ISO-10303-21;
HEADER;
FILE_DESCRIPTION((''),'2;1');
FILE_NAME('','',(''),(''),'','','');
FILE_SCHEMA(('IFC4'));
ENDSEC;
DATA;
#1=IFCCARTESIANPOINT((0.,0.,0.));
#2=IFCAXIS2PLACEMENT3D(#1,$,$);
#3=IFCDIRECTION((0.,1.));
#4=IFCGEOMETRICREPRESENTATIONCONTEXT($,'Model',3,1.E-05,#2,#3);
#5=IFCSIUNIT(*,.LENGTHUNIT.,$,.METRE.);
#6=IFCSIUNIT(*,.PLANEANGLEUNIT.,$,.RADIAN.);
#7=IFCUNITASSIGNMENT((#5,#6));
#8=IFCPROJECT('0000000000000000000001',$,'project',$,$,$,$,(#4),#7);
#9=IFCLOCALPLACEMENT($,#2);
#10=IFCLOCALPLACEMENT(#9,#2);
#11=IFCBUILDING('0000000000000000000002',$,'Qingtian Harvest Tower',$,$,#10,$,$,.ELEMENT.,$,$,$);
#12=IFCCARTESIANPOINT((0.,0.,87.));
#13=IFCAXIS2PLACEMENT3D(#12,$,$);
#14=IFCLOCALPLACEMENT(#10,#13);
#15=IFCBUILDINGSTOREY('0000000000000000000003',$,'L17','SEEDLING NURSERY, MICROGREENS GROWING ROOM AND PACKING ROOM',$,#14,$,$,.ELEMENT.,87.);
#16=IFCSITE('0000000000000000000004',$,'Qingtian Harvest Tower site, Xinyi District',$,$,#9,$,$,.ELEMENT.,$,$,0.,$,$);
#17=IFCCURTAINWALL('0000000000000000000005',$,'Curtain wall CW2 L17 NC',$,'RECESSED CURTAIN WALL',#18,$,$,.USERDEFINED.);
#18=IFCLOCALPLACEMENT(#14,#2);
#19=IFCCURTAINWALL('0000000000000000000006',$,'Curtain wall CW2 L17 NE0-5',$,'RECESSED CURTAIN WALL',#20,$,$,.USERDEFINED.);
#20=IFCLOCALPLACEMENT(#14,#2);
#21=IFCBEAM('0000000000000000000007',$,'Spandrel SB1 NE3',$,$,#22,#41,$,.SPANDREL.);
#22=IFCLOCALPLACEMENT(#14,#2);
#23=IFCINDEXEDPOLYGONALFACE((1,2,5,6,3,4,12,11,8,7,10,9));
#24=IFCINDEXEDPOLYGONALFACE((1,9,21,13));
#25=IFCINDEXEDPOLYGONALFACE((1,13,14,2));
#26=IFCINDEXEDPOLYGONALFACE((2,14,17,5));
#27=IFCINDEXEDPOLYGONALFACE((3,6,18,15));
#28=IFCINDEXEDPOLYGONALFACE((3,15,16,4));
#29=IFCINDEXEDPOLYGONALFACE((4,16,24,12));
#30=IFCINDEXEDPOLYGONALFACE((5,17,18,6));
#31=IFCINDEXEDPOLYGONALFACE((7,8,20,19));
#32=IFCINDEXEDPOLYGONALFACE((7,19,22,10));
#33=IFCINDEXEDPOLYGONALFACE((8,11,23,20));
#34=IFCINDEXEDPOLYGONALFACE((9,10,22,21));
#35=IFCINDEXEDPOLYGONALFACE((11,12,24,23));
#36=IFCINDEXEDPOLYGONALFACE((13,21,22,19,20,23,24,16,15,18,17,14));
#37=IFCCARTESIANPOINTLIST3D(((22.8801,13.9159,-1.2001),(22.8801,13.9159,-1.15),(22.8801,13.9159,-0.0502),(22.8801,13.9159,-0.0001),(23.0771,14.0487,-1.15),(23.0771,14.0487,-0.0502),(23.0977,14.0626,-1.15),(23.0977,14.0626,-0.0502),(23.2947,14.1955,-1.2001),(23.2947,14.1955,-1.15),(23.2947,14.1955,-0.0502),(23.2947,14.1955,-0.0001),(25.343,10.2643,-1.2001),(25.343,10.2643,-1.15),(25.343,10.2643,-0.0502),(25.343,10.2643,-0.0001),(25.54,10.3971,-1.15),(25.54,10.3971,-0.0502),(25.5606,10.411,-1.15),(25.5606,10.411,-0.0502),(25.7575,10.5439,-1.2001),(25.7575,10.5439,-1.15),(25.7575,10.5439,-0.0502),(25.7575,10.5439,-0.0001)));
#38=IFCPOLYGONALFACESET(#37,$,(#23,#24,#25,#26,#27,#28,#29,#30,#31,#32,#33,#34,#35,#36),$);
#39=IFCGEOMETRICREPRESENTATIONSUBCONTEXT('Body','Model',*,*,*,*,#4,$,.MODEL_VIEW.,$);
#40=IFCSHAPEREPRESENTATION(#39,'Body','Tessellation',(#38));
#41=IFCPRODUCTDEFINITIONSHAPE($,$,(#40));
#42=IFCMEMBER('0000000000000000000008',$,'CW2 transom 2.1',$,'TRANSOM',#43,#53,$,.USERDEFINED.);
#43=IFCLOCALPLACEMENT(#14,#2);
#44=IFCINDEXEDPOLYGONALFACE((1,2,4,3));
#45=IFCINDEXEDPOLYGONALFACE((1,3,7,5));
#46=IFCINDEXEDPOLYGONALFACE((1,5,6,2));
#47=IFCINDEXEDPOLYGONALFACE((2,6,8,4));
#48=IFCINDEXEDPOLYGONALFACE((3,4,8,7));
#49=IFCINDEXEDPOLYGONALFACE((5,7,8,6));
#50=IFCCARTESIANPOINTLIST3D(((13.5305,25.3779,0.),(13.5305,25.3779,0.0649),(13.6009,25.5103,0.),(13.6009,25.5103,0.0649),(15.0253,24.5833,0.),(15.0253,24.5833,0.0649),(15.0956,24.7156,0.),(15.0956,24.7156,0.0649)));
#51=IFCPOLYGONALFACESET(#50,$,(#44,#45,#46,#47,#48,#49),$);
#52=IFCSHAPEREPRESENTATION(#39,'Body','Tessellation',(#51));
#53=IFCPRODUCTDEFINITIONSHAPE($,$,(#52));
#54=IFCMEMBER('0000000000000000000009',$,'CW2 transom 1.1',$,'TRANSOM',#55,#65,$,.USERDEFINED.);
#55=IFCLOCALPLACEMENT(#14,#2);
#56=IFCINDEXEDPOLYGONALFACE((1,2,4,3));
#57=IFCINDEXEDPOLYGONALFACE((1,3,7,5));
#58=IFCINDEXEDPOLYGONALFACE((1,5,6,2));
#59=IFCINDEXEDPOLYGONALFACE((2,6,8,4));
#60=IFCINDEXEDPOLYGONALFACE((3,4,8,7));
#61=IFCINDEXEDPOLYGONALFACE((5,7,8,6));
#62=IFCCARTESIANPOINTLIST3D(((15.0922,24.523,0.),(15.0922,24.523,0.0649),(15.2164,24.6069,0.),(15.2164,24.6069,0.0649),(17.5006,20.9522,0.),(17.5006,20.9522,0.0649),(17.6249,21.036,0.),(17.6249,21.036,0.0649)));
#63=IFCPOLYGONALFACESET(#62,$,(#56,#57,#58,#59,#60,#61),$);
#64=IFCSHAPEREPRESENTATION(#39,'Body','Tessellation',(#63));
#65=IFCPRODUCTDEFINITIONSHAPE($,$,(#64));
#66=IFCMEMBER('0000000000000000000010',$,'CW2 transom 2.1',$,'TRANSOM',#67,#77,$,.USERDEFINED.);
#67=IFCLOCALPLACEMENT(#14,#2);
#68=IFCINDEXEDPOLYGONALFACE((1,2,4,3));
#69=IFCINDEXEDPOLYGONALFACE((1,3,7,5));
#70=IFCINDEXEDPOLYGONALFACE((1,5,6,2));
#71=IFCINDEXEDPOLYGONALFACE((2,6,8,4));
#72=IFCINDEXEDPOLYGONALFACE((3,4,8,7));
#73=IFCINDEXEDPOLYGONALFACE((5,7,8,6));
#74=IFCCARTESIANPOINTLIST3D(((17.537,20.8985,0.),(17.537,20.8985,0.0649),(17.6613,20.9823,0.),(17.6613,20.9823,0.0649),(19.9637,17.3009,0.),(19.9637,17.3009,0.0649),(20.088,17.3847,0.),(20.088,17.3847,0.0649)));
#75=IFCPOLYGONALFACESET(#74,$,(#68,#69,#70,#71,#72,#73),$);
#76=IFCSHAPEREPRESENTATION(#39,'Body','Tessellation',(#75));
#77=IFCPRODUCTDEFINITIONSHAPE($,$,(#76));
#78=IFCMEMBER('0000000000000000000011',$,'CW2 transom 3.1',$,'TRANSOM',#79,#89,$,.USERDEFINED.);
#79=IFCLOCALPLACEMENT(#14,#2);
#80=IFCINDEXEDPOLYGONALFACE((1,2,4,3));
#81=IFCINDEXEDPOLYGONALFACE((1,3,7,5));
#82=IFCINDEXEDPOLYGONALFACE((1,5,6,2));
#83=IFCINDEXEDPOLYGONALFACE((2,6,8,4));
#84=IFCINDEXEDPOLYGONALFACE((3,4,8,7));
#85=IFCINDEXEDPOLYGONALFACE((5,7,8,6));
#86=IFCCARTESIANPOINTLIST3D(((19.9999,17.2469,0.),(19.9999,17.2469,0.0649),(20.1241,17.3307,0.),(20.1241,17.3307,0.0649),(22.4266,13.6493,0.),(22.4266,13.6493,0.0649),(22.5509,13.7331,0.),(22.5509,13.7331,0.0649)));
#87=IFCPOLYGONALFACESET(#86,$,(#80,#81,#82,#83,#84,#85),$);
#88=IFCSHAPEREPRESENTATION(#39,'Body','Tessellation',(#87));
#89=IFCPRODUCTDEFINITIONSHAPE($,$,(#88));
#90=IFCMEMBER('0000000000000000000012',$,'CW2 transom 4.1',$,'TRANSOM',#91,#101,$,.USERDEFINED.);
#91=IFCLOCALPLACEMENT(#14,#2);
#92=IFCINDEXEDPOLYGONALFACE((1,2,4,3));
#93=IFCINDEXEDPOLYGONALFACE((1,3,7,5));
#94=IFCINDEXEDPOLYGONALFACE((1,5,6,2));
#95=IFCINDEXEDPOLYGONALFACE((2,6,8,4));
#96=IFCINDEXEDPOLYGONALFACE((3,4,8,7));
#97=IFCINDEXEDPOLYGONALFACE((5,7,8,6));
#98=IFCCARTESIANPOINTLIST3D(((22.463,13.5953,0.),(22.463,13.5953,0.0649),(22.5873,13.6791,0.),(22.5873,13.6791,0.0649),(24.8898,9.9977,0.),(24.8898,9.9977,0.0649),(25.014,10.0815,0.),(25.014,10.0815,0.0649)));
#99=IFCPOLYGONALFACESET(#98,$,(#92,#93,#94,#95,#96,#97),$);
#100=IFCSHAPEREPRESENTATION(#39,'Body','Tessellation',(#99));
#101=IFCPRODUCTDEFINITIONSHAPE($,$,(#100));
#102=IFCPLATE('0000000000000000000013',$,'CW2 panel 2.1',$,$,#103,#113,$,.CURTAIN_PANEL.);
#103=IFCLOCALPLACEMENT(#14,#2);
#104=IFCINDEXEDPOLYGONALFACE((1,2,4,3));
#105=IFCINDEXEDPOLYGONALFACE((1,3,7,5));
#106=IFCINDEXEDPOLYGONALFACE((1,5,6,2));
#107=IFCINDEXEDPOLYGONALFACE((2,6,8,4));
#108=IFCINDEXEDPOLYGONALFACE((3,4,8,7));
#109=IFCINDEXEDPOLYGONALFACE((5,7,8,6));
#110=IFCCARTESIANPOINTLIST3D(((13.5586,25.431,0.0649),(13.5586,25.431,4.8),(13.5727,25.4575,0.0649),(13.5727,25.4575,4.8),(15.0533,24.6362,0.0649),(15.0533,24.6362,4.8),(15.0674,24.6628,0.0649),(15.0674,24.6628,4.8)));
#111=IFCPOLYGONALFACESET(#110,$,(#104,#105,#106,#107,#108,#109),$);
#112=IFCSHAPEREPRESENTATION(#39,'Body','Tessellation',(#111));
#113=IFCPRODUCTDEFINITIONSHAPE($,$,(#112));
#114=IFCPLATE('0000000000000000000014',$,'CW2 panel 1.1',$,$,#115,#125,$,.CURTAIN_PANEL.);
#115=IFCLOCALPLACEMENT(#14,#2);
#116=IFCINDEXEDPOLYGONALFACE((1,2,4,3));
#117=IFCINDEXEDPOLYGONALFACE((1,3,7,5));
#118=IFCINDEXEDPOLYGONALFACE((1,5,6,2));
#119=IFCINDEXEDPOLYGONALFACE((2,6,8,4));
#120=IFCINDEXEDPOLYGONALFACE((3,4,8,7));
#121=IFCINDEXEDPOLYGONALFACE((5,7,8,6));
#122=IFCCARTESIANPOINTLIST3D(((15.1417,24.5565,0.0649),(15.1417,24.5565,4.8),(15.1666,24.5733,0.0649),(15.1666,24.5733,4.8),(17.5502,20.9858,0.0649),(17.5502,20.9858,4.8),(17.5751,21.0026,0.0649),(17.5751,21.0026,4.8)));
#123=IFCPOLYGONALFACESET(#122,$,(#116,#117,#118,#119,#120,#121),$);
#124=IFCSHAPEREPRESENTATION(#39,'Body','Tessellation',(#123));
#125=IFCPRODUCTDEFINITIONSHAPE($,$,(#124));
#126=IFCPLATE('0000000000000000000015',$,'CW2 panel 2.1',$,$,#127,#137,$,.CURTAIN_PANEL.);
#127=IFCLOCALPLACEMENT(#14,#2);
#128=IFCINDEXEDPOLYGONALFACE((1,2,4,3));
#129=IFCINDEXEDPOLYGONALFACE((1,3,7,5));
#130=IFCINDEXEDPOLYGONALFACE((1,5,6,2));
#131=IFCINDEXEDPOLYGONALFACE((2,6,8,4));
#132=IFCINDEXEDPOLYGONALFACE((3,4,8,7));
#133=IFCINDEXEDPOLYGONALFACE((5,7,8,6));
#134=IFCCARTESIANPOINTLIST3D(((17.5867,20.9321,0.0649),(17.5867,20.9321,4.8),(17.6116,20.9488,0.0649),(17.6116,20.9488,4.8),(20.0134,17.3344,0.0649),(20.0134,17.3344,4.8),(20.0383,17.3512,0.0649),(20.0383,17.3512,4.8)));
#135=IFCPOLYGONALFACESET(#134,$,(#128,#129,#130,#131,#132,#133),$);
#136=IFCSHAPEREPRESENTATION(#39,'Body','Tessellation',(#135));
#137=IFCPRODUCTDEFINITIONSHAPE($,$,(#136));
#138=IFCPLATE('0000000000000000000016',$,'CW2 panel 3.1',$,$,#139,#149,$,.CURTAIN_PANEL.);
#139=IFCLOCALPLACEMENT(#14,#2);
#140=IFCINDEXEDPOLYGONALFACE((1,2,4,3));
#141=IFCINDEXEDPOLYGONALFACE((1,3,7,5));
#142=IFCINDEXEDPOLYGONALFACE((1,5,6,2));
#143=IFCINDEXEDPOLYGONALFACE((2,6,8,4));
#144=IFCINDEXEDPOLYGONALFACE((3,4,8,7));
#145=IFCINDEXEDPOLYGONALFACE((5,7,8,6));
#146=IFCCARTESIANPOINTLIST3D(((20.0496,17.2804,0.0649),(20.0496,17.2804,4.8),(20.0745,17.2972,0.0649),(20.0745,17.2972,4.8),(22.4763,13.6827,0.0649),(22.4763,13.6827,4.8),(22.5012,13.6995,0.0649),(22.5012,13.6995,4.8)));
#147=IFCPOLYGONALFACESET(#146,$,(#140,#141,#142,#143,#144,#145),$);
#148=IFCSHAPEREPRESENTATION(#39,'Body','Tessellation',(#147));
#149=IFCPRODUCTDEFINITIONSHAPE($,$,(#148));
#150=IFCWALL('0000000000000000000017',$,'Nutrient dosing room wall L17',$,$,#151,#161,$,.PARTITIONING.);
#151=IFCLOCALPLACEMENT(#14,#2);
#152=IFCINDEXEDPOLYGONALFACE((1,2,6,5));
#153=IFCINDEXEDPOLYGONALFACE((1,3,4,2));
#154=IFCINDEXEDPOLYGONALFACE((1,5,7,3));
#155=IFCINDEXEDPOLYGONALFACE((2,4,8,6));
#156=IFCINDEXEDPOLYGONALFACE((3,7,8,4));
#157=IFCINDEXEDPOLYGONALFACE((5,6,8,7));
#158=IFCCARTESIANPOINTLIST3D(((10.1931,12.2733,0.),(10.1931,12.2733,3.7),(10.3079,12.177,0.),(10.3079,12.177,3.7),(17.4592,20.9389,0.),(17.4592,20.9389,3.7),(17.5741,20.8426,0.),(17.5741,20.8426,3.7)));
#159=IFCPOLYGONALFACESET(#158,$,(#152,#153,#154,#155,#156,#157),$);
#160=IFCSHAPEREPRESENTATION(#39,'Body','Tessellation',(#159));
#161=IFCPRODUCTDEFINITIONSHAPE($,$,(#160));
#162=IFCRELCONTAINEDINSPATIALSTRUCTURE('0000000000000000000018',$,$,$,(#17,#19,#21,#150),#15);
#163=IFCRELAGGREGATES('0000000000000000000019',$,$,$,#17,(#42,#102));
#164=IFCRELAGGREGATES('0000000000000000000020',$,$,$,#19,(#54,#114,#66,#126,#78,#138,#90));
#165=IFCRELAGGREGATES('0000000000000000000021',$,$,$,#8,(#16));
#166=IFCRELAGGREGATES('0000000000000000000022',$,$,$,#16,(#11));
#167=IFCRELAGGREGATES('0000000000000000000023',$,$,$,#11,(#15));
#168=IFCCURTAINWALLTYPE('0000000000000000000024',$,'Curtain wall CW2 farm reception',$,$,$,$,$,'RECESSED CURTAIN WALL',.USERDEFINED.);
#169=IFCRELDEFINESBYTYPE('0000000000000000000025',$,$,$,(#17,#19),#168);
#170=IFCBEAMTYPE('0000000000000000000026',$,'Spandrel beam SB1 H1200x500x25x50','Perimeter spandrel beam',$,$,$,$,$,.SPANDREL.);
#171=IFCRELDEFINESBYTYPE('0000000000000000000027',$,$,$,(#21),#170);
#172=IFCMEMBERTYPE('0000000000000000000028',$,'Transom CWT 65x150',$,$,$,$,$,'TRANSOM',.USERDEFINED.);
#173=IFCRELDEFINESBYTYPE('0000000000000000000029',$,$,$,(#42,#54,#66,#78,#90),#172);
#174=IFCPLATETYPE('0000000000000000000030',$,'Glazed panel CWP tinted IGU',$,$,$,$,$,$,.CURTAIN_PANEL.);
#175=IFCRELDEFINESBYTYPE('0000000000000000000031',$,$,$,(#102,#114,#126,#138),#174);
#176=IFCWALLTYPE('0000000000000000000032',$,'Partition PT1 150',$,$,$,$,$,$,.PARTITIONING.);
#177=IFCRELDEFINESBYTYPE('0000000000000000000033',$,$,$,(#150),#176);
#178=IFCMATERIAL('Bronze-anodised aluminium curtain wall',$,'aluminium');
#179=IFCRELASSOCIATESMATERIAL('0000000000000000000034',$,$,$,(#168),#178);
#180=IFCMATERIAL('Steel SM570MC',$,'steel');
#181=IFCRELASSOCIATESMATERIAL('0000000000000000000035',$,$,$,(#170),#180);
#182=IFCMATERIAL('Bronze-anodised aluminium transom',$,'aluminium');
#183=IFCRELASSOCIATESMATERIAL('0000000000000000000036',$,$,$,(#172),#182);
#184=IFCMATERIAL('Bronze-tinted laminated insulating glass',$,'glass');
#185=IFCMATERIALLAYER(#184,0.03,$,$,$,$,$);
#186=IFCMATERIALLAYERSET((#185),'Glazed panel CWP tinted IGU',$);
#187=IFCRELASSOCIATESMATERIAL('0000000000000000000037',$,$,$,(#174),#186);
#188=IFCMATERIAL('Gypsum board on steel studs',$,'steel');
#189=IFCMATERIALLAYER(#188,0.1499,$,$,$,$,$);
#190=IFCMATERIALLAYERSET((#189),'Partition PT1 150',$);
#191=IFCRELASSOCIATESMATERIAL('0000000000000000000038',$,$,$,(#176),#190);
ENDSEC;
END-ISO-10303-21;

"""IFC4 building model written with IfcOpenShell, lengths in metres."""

from ifc_helpers import new_model, si_unit, direction, frame, frame_2d, origin, origin_2d, place, context, subcontext, project, spatial, rectangle, i_section, extrude, material, layer, layer_set, material_profile, profile_set, type_object, element, aggregate, save


model = new_model("IFC4")

# Units and contexts
model_context = context("Model", 3, precision=1e-05, world=origin(), true_north=direction((0.0, 1.0)))
body_context = subcontext(model_context, "Body", "Model", "MODEL_VIEW")
ifc_project = project(units=[si_unit("LENGTHUNIT", "METRE"), si_unit("PLANEANGLEUNIT", "RADIAN")], contexts=[model_context])

# Site, building, storey
site_placement = place(None, origin())
site = spatial("IfcSite", under=ifc_project, at=site_placement, Name="Qingtian Harvest Tower site, Xinyi District", CompositionType="ELEMENT", RefElevation=0.0)
building_placement = place(site_placement, origin())
building = spatial("IfcBuilding", under=site, at=building_placement, Name="Qingtian Harvest Tower", CompositionType="ELEMENT")
storey_placement = place(building_placement, frame((0.0, 0.0, 87.0)))
storey = spatial("IfcBuildingStorey", under=building, at=storey_placement, Name="L17", Description="SEEDLING NURSERY, MICROGREENS GROWING ROOM AND PACKING ROOM", CompositionType="ELEMENT", Elevation=87.0)

# Curtain wall
ifc_material_1 = material(Name="Bronze-anodised aluminium curtain wall", Category="aluminium")
curtain_wall_type = type_object("IfcCurtainWallType", Name="Curtain wall CW2 farm reception", ElementType="RECESSED CURTAIN WALL", PredefinedType="USERDEFINED", material=ifc_material_1)
curtain_wall_1_placement = place(storey_placement, origin())
curtain_wall_1 = element("IfcCurtainWall", 1, at=curtain_wall_1_placement, inside=storey, type_object=curtain_wall_type, Name="Curtain wall CW2 L17 NC", ObjectType="RECESSED CURTAIN WALL", PredefinedType="USERDEFINED")

# Curtain wall
curtain_wall_2_placement = place(storey_placement, origin())
curtain_wall_2 = element("IfcCurtainWall", 2, at=curtain_wall_2_placement, inside=storey, type_object=curtain_wall_type, Name="Curtain wall CW2 L17 NE0-5", ObjectType="RECESSED CURTAIN WALL", PredefinedType="USERDEFINED")

# Beam
ifc_material_2 = material(Name="Steel SM570MC", Category="steel")
ifc_material_profile_1 = material_profile(ifc_material_2, i_section(OverallWidth=0.5, OverallDepth=1.2, WebThickness=0.0249, FlangeThickness=0.05, at=origin_2d()), Name="H1200x500x25x50")
ifc_profile_set_1 = profile_set([ifc_material_profile_1], Name="Steel SM570MC")
beam_type_1 = type_object("IfcBeamType", Name="Spandrel beam SB1 H1200x500x25x50", Description="Perimeter spandrel beam", PredefinedType="SPANDREL", material=ifc_profile_set_1)
for number, where, z_axis, x_axis, name in (
    (3, (23.0874, 14.0557, -0.6001), (0.559169, -0.829054, 0.0), (0.829054, 0.559169, 0.0), "Spandrel SB1 NE3"),
):
    element("IfcBeam", number, at=place(storey_placement, frame(where, z_axis=z_axis, x_axis=x_axis)), inside=storey, type_object=beam_type_1, Name=name, PredefinedType="SPANDREL", context=body_context, shape_type="SweptSolid", body=[
        extrude(i_section(OverallWidth=0.5, OverallDepth=1.2, WebThickness=0.0249, FlangeThickness=0.05, at=origin_2d()), origin(), (0.0, 0.0, 1.0), 4.4045),
    ])

# Members
ifc_material_3 = material(Name="Bronze-anodised aluminium transom", Category="aluminium")
ifc_material_profile_2 = material_profile(ifc_material_3, rectangle(XDim=0.1499, YDim=0.0649, at=origin_2d()), Name="AL 65x150")
ifc_profile_set_2 = profile_set([ifc_material_profile_2], Name="Bronze-anodised aluminium transom")
member_type_1 = type_object("IfcMemberType", Name="Transom CWT 65x150", ElementType="TRANSOM", PredefinedType="USERDEFINED", material=ifc_profile_set_2)
member_1_placement = place(storey_placement, frame((13.5657, 25.4441, 0.0325), z_axis=(0.882987, -0.469398, 0.0), x_axis=(0.469398, 0.882987, 0.0)))
member_1 = element("IfcMember", 4, at=member_1_placement, type_object=member_type_1, Name="CW2 transom 2.1", ObjectType="TRANSOM", PredefinedType="USERDEFINED", context=body_context, shape_type="SweptSolid", body=[
    extrude(rectangle(XDim=0.1499, YDim=0.0649, at=origin_2d()), origin(), (0.0, 0.0, 1.0), 1.6929),
])
member_2_placement = place(storey_placement, frame((15.1543, 24.5649, 0.0325), z_axis=(0.559179, -0.829047, 0.0), x_axis=(0.829047, 0.559179, 0.0)))
member_2 = element("IfcMember", 5, at=member_2_placement, type_object=member_type_1, Name="CW2 transom 1.1", ObjectType="TRANSOM", PredefinedType="USERDEFINED", context=body_context, shape_type="SweptSolid", body=[
    extrude(rectangle(XDim=0.1499, YDim=0.0649, at=origin_2d()), origin(), (0.0, 0.0, 1.0), 4.3071),
])
member_3_placement = place(storey_placement, frame((17.5991, 20.9404, 0.0325), z_axis=(0.55921, -0.829026, 0.0), x_axis=(0.829026, 0.55921, 0.0)))
member_3 = element("IfcMember", 6, at=member_3_placement, type_object=member_type_1, Name="CW2 transom 2.1", ObjectType="TRANSOM", PredefinedType="USERDEFINED", context=body_context, shape_type="SweptSolid", body=[
    extrude(rectangle(XDim=0.1499, YDim=0.0649, at=origin_2d()), origin(), (0.0, 0.0, 1.0), 4.3396),
])
member_4_placement = place(storey_placement, frame((20.062, 17.2888, 0.0325), z_axis=(0.55921, -0.829026, 0.0), x_axis=(0.829026, 0.55921, 0.0)))
member_4 = element("IfcMember", 7, at=member_4_placement, type_object=member_type_1, Name="CW2 transom 3.1", ObjectType="TRANSOM", PredefinedType="USERDEFINED", context=body_context, shape_type="SweptSolid", body=[
    extrude(rectangle(XDim=0.1499, YDim=0.0649, at=origin_2d()), origin(), (0.0, 0.0, 1.0), 4.3396),
])
member_5_placement = place(storey_placement, frame((22.5251, 13.6372, 0.0325), z_axis=(0.55921, -0.829026, 0.0), x_axis=(0.829026, 0.55921, 0.0)))
member_5 = element("IfcMember", 8, at=member_5_placement, type_object=member_type_1, Name="CW2 transom 4.1", ObjectType="TRANSOM", PredefinedType="USERDEFINED", context=body_context, shape_type="SweptSolid", body=[
    extrude(rectangle(XDim=0.1499, YDim=0.0649, at=origin_2d()), origin(), (0.0, 0.0, 1.0), 4.3396),
])

# Plates
ifc_material_4 = material(Name="Bronze-tinted laminated insulating glass", Category="glass")
ifc_layer_1 = layer(ifc_material_4, 0.03)
ifc_layer_set_1 = layer_set([ifc_layer_1], Name="Glazed panel CWP tinted IGU")
plate_type = type_object("IfcPlateType", Name="Glazed panel CWP tinted IGU", PredefinedType="CURTAIN_PANEL", material=ifc_layer_set_1)
plate_1_placement = place(storey_placement, frame((14.313, 25.0469, 0.0649), z_axis=(0.0, 0.0, 1.0), x_axis=(0.882948, -0.469472, 0.0)))
plate_1 = element("IfcPlate", 9, at=plate_1_placement, type_object=plate_type, Name="CW2 panel 2.1", PredefinedType="CURTAIN_PANEL", context=body_context, shape_type="SweptSolid", body=[
    extrude(rectangle(XDim=1.6929, YDim=0.03, at=origin_2d()), origin(), (0.0, 0.0, 1.0), 4.7351),
])
aggregate(curtain_wall_1, [member_1, plate_1])
plate_2_placement = place(storey_placement, frame((16.3584, 22.7795, 0.0649), z_axis=(0.0, 0.0, 1.0), x_axis=(0.559193, -0.829038, 0.0)))
plate_2 = element("IfcPlate", 10, at=plate_2_placement, type_object=plate_type, Name="CW2 panel 1.1", PredefinedType="CURTAIN_PANEL", context=body_context, shape_type="SweptSolid", body=[
    extrude(rectangle(XDim=4.3071, YDim=0.03, at=origin_2d()), origin(), (0.0, 0.0, 1.0), 4.7351),
])
plate_3_placement = place(storey_placement, frame((18.8125, 19.1416, 0.0649), z_axis=(0.0, 0.0, 1.0), x_axis=(0.559193, -0.829038, 0.0)))
plate_3 = element("IfcPlate", 11, at=plate_3_placement, type_object=plate_type, Name="CW2 panel 2.1", PredefinedType="CURTAIN_PANEL", context=body_context, shape_type="SweptSolid", body=[
    extrude(rectangle(XDim=4.3396, YDim=0.03, at=origin_2d()), origin(), (0.0, 0.0, 1.0), 4.7351),
])
plate_4_placement = place(storey_placement, frame((21.2754, 15.49, 0.0649), z_axis=(0.0, 0.0, 1.0), x_axis=(0.559193, -0.829038, 0.0)))
plate_4 = element("IfcPlate", 12, at=plate_4_placement, type_object=plate_type, Name="CW2 panel 3.1", PredefinedType="CURTAIN_PANEL", context=body_context, shape_type="SweptSolid", body=[
    extrude(rectangle(XDim=4.3396, YDim=0.03, at=origin_2d()), origin(), (0.0, 0.0, 1.0), 4.7351),
])
aggregate(curtain_wall_2, [member_2, plate_2, member_3, plate_3, member_4, plate_4, member_5])

# Wall
ifc_material_5 = material(Name="Gypsum board on steel studs", Category="steel")
ifc_layer_2 = layer(ifc_material_5, 0.1499)
ifc_layer_set_2 = layer_set([ifc_layer_2], Name="Partition PT1 150")
wall_type = type_object("IfcWallType", Name="Partition PT1 150", PredefinedType="PARTITIONING", material=ifc_layer_set_2)
wall_placement = place(storey_placement, frame((17.5166, 20.8906, 0.0), z_axis=(0.0, 0.0, 1.0), x_axis=(-0.642521, -0.766268, 0.0)))
element("IfcWall", 13, at=wall_placement, inside=storey, type_object=wall_type, Name="Nutrient dosing room wall L17", PredefinedType="PARTITIONING", context=body_context, shape_type="SweptSolid", body=[
    extrude(rectangle(XDim=11.3088, YDim=0.1499, at=frame_2d((5.6543, 0.0))), origin(), (0.0, 0.0, 1.0), 3.7),
])

save(model, "model.ifc")
